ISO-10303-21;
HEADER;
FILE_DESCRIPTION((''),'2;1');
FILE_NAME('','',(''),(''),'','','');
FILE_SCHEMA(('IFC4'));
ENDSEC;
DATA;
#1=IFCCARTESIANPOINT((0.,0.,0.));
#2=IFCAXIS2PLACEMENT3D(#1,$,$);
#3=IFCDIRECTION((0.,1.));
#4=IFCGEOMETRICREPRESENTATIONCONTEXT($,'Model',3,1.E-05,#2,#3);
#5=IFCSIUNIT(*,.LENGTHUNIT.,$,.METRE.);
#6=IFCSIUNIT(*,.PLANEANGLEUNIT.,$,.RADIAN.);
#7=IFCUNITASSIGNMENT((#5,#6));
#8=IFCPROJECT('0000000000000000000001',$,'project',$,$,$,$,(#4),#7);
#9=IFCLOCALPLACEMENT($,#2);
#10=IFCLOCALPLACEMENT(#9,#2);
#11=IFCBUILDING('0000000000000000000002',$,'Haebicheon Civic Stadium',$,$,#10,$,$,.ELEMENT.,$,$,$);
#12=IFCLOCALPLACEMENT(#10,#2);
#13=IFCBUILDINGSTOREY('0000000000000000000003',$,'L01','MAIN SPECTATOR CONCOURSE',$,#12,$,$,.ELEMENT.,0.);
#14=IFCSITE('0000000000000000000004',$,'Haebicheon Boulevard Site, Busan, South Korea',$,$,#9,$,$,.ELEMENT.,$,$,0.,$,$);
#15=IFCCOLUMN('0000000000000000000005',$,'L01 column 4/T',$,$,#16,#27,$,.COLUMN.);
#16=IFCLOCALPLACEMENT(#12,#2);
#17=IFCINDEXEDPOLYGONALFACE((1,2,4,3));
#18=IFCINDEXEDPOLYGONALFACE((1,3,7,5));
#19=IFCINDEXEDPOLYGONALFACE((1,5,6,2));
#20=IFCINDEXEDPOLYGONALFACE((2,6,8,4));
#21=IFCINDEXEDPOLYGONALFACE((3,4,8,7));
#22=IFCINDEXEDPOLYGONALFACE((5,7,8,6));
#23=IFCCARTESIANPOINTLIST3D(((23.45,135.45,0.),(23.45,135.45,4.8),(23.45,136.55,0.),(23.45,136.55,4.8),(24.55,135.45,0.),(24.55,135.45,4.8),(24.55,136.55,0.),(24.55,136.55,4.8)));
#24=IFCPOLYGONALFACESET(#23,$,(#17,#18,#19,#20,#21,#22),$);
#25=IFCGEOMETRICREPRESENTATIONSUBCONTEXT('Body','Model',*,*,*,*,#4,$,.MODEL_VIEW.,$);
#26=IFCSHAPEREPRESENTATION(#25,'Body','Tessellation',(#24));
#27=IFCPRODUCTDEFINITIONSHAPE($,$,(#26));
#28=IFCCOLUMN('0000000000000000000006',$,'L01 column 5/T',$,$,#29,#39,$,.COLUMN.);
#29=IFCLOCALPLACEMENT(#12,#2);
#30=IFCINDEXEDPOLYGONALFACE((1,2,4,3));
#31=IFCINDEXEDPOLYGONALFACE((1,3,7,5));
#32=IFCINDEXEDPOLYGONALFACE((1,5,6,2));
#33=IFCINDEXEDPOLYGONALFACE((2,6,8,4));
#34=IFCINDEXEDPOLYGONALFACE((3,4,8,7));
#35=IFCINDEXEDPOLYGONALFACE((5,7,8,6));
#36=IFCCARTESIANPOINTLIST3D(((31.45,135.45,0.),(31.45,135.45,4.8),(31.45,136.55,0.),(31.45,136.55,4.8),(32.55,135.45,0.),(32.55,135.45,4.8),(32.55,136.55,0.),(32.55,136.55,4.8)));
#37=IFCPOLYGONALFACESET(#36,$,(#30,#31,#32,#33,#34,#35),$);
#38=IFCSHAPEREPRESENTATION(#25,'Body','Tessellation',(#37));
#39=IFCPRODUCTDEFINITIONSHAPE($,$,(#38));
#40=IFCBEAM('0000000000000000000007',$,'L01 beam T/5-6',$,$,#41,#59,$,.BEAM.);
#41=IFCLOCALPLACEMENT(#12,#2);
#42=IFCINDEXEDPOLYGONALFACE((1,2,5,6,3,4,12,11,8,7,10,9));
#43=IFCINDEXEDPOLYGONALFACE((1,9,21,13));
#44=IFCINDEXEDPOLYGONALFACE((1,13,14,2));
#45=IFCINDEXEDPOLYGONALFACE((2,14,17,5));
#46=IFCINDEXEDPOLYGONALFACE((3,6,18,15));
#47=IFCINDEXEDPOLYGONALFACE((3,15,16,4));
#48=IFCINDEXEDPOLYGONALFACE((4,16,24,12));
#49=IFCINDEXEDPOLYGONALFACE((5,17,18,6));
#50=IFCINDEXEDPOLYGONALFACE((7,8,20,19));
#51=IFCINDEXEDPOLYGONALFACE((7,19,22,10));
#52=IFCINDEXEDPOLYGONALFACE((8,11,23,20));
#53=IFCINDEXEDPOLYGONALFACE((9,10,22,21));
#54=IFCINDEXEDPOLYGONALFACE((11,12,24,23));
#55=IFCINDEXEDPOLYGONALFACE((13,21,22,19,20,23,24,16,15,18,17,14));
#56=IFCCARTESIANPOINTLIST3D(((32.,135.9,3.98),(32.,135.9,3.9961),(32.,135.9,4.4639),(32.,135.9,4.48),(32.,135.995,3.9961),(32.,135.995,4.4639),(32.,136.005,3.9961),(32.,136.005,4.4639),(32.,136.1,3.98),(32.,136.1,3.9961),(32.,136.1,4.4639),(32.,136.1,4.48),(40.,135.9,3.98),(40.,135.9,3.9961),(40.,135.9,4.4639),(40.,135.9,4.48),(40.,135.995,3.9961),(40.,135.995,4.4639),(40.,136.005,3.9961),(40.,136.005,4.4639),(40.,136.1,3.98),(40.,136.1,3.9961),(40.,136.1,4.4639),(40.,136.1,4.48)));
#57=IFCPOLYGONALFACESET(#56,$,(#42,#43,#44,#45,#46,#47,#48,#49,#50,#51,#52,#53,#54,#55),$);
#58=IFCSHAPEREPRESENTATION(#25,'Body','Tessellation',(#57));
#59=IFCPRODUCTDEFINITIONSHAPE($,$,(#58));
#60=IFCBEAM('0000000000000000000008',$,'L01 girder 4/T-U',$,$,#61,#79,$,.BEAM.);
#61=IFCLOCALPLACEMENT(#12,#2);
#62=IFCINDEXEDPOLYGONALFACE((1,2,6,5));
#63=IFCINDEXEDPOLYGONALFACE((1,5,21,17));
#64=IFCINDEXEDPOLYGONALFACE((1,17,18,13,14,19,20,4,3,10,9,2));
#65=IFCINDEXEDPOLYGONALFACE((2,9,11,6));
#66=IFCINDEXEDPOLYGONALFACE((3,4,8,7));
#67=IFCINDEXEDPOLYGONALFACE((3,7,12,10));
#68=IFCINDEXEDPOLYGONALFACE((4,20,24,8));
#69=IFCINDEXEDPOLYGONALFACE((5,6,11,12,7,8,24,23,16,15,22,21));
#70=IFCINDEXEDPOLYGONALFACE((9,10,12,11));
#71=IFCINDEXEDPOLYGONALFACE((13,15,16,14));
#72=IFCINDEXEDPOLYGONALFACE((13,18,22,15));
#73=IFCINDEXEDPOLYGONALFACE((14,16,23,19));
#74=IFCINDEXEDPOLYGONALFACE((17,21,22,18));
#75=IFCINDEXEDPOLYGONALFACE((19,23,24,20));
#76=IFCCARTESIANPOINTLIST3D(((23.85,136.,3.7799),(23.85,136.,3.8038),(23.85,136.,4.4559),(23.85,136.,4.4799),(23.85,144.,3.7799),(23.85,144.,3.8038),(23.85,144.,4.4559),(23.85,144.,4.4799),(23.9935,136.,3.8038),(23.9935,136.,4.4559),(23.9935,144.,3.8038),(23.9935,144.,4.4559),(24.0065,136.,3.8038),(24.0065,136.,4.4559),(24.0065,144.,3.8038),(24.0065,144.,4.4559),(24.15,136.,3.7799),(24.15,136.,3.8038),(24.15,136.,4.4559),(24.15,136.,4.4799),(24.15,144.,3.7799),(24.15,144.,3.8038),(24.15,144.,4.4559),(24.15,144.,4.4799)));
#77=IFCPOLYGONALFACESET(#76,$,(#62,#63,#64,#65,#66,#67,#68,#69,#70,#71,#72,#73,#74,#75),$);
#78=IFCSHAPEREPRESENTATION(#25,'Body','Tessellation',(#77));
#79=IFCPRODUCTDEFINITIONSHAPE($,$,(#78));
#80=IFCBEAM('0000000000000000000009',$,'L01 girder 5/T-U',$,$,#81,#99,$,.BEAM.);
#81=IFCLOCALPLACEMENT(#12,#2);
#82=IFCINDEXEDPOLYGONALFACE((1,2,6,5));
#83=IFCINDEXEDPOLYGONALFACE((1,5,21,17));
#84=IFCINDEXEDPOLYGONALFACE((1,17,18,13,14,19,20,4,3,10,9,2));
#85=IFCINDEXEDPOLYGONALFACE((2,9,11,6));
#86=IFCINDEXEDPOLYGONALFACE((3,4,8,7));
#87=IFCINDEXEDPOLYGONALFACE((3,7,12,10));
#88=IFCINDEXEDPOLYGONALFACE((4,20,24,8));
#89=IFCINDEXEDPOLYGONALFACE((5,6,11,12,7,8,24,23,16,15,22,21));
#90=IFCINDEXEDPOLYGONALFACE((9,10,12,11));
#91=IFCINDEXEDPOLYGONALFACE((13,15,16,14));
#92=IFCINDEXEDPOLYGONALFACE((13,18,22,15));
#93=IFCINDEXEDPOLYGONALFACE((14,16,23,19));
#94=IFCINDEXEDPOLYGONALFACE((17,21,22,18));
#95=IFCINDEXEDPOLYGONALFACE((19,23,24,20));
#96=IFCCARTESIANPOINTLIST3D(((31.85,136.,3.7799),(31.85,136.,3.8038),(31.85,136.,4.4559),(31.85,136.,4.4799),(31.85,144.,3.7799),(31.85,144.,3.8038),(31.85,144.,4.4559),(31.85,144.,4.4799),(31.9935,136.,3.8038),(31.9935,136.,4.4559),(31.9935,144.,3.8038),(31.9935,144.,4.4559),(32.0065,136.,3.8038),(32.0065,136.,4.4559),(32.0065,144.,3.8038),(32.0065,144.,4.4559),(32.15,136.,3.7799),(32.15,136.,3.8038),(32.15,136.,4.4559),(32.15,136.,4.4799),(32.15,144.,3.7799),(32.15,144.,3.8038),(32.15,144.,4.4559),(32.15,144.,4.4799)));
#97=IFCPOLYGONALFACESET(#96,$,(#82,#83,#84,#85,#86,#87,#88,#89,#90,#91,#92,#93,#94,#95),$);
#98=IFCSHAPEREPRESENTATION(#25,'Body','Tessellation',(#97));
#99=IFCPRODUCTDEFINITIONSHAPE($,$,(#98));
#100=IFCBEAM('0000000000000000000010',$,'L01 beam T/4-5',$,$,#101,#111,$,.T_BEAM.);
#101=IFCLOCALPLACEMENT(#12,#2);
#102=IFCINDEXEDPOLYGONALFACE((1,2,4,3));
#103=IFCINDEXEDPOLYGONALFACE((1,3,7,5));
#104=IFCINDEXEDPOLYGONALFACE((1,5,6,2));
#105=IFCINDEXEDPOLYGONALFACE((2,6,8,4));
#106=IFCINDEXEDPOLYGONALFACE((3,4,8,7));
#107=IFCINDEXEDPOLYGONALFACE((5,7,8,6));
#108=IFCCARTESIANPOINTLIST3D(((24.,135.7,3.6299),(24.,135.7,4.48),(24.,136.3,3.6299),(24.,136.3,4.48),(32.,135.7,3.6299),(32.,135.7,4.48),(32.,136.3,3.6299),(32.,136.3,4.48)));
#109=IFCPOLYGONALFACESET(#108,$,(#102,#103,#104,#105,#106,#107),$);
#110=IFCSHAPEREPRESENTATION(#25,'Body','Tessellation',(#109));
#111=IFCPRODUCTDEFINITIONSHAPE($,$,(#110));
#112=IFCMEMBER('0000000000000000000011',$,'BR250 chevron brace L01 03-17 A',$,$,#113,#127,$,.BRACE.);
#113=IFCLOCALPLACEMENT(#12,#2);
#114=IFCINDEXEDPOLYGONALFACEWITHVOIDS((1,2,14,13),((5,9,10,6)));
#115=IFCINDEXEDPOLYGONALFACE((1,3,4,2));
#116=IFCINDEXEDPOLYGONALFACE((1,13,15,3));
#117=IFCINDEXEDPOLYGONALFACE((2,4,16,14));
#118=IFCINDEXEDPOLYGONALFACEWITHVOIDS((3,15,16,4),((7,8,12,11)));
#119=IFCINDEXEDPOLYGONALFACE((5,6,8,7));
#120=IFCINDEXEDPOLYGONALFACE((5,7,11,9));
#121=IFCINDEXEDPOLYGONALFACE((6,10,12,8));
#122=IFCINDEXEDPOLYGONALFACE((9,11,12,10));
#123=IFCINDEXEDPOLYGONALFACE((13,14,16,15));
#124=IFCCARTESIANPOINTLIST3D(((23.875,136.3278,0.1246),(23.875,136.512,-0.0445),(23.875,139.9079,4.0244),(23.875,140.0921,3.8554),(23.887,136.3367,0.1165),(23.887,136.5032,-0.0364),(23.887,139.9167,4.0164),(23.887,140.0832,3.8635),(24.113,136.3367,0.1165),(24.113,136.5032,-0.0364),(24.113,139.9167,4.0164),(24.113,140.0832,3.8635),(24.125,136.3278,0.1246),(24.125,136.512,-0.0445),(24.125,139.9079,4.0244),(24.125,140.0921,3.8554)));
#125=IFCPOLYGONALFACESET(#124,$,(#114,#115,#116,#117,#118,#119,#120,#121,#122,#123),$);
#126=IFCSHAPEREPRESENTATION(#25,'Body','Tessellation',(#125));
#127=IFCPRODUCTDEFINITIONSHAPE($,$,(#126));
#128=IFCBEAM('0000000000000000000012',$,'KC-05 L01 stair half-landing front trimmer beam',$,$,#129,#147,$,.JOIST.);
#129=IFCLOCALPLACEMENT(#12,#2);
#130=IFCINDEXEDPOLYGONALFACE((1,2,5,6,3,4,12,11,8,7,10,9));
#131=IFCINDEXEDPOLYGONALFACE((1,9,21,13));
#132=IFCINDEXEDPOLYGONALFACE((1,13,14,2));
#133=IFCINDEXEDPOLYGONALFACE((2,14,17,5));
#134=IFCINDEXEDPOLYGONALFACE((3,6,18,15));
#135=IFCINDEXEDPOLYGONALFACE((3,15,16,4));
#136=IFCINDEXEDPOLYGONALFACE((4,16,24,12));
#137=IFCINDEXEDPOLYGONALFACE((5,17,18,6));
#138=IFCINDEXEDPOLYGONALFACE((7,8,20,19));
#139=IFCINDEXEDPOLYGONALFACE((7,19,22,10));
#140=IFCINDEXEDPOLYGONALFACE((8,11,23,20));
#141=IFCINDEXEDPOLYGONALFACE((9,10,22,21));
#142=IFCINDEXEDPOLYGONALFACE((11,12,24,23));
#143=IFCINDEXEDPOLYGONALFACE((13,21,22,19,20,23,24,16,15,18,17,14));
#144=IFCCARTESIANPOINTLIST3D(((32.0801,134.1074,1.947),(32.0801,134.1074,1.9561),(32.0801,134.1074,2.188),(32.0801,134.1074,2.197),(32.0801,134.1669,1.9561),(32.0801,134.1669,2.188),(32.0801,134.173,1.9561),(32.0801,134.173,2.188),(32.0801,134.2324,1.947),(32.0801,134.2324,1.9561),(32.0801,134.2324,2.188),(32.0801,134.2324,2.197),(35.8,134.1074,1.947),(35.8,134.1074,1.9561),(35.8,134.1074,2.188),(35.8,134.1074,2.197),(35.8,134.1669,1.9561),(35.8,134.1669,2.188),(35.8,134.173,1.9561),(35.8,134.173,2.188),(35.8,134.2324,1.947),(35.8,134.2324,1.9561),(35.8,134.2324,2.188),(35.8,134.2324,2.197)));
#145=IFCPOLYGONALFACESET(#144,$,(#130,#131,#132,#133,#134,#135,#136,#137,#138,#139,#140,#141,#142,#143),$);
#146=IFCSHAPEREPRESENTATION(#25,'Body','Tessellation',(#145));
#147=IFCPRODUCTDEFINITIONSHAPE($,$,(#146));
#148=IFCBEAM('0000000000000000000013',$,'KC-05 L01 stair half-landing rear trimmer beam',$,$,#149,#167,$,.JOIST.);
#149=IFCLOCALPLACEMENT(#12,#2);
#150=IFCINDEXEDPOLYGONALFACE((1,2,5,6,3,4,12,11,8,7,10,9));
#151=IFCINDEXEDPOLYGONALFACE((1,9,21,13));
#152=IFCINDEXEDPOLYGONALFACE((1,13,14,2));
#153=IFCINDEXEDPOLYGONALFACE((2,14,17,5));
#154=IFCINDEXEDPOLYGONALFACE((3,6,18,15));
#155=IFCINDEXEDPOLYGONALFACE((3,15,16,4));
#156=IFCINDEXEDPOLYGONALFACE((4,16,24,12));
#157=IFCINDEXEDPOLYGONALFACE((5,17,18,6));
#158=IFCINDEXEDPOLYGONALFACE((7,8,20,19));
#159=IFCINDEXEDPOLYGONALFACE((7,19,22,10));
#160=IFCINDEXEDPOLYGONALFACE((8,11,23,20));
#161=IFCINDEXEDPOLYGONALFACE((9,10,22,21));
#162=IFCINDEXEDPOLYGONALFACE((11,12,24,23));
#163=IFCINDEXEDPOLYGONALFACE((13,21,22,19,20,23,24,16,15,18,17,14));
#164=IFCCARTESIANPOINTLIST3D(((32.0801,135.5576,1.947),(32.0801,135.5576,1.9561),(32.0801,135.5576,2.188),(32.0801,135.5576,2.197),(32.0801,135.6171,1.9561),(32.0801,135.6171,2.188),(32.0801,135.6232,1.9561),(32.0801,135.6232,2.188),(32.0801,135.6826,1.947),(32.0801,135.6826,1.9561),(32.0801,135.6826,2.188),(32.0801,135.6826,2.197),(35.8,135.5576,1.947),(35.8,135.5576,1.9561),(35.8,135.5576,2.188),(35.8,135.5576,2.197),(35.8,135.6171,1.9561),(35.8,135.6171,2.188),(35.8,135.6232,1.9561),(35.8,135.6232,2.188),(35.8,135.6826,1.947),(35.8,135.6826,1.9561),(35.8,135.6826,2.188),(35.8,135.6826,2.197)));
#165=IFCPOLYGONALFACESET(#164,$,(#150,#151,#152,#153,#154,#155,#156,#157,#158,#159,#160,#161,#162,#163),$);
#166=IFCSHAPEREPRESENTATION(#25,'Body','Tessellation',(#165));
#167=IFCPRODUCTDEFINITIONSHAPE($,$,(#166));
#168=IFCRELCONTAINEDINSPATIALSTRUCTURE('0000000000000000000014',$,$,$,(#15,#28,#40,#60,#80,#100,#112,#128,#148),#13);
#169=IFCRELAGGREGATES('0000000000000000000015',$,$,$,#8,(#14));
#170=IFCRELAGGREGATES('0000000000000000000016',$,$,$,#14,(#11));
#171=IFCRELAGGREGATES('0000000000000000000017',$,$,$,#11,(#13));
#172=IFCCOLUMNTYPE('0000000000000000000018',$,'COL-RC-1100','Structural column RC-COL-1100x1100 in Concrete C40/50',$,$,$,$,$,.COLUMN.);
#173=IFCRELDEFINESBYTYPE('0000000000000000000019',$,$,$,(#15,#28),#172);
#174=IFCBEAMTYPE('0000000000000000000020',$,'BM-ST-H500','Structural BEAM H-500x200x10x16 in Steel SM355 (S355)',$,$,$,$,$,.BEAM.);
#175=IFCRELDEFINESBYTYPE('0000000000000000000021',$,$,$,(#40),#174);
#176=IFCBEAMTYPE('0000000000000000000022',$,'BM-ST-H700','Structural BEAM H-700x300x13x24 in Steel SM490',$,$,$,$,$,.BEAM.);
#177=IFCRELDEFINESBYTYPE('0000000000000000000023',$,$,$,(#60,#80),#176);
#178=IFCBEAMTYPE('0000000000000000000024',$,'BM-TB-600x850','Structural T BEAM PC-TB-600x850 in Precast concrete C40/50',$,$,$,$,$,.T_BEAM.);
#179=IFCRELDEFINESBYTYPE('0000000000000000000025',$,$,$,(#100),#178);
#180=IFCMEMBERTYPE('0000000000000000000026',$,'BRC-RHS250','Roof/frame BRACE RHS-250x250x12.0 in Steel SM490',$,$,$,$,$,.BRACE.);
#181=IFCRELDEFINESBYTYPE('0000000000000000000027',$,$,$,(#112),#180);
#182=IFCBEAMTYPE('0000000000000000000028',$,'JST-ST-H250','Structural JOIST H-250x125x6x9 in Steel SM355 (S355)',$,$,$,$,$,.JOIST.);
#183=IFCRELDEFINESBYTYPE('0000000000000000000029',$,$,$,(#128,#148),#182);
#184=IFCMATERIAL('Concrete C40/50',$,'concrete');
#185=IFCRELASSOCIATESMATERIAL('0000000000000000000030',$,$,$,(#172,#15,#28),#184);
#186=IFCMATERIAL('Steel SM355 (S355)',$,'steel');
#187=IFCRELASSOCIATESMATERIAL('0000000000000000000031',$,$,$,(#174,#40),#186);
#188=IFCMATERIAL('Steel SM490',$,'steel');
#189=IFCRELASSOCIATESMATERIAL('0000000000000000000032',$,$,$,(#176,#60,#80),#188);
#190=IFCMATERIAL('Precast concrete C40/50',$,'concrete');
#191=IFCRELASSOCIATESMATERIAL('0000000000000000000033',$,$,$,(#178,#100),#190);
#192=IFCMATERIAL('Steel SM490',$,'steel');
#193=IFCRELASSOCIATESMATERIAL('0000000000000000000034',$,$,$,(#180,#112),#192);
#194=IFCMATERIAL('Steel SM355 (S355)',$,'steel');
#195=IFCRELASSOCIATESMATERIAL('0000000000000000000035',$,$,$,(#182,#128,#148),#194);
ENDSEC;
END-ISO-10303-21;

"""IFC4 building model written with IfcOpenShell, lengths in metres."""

from ifc_helpers import new_model, si_unit, direction, frame, origin, origin_2d, place, context, subcontext, project, spatial, rectangle, hollow_rectangle, i_section, extrude, material, material_profile, profile_set, type_object, element, save


model = new_model("IFC4")

# Units and contexts
model_context = context("Model", 3, precision=1e-05, world=origin(), true_north=direction((0.0, 1.0)))
body_context = subcontext(model_context, "Body", "Model", "MODEL_VIEW")
ifc_project = project(units=[si_unit("LENGTHUNIT", "METRE"), si_unit("PLANEANGLEUNIT", "RADIAN")], contexts=[model_context])

# Site, building, storey
site_placement = place(None, origin())
site = spatial("IfcSite", under=ifc_project, at=site_placement, Name="Haebicheon Boulevard Site, Busan, South Korea", CompositionType="ELEMENT", RefElevation=0.0)
building_placement = place(site_placement, origin())
building = spatial("IfcBuilding", under=site, at=building_placement, Name="Haebicheon Civic Stadium", CompositionType="ELEMENT")
storey_placement = place(building_placement, origin())
storey = spatial("IfcBuildingStorey", under=building, at=storey_placement, Name="L01", Description="MAIN SPECTATOR CONCOURSE", CompositionType="ELEMENT", Elevation=0.0)

# Columns
ifc_material_1 = material(Name="Concrete C40/50", Category="concrete")
ifc_material_profile_1 = material_profile(ifc_material_1, rectangle(XDim=1.1001, YDim=1.1001, at=origin_2d()), Name="RC-COL-1100x1100")
ifc_profile_set_1 = profile_set([ifc_material_profile_1], Name="Concrete C40/50")
column_type = type_object("IfcColumnType", Name="COL-RC-1100", Description="Structural column RC-COL-1100x1100 in Concrete C40/50", PredefinedType="COLUMN", material=ifc_profile_set_1)
for number, where, z_axis, x_axis, name in (
    (1, (24.0, 136.0, 0.0), (0.0, 0.0, 1.0), (1.0, 0.0, 0.0), "L01 column 4/T"),
    (2, (32.0, 136.0, 0.0), (0.0, 0.0, 1.0), (1.0, 0.0, 0.0), "L01 column 5/T"),
):
    element("IfcColumn", number, at=place(storey_placement, frame(where, z_axis=z_axis, x_axis=x_axis)), inside=storey, type_object=column_type, material=ifc_profile_set_1, Name=name, PredefinedType="COLUMN", context=body_context, shape_type="SweptSolid", body=[
        extrude(rectangle(XDim=1.1001, YDim=1.1001, at=origin_2d()), origin(), (0.0, 0.0, 1.0), 4.8),
    ])

# Beams
ifc_material_2 = material(Name="Steel SM355 (S355)", Category="steel")
ifc_material_profile_2 = material_profile(ifc_material_2, i_section(OverallWidth=0.2, OverallDepth=0.5, WebThickness=0.01, FlangeThickness=0.0161, at=origin_2d()), Name="H-500x200x10x16")
ifc_profile_set_2 = profile_set([ifc_material_profile_2], Name="Steel SM355 (S355)")
beam_type_1 = type_object("IfcBeamType", Name="BM-ST-H500", Description="Structural BEAM H-500x200x10x16 in Steel SM355 (S355)", PredefinedType="BEAM", material=ifc_profile_set_2)
beam_1_placement = place(storey_placement, frame((32.0, 136.0, 4.23), z_axis=(1.0, 0.0, 0.0), x_axis=(0.0, 1.0, 0.0)))
element("IfcBeam", 3, at=beam_1_placement, inside=storey, type_object=beam_type_1, material=ifc_profile_set_2, Name="L01 beam T/5-6", PredefinedType="BEAM", context=body_context, shape_type="SweptSolid", body=[
    extrude(i_section(OverallWidth=0.2, OverallDepth=0.5, WebThickness=0.01, FlangeThickness=0.0161, at=origin_2d()), origin(), (0.0, 0.0, 1.0), 8.0),
])
ifc_material_3 = material(Name="Steel SM490", Category="steel")
ifc_material_profile_3 = material_profile(ifc_material_3, i_section(OverallWidth=0.3, OverallDepth=0.7, WebThickness=0.0129, FlangeThickness=0.0239, at=origin_2d()), Name="H-700x300x13x24")
ifc_profile_set_3 = profile_set([ifc_material_profile_3], Name="Steel SM490")
beam_type_2 = type_object("IfcBeamType", Name="BM-ST-H700", Description="Structural BEAM H-700x300x13x24 in Steel SM490", PredefinedType="BEAM", material=ifc_profile_set_3)
for number, where, z_axis, x_axis, name in (
    (4, (24.0, 136.0, 4.1299), (0.0, 1.0, 0.0), (-1.0, 0.0, 0.0), "L01 girder 4/T-U"),
    (5, (32.0, 136.0, 4.1299), (0.0, 1.0, 0.0), (-1.0, 0.0, 0.0), "L01 girder 5/T-U"),
):
    element("IfcBeam", number, at=place(storey_placement, frame(where, z_axis=z_axis, x_axis=x_axis)), inside=storey, type_object=beam_type_2, material=ifc_profile_set_3, Name=name, PredefinedType="BEAM", context=body_context, shape_type="SweptSolid", body=[
        extrude(i_section(OverallWidth=0.3, OverallDepth=0.7, WebThickness=0.0129, FlangeThickness=0.0239, at=origin_2d()), origin(), (0.0, 0.0, 1.0), 8.0),
    ])
ifc_material_4 = material(Name="Precast concrete C40/50", Category="concrete")
ifc_material_profile_4 = material_profile(ifc_material_4, rectangle(XDim=0.6001, YDim=0.8501, at=origin_2d()), Name="PC-TB-600x850")
ifc_profile_set_4 = profile_set([ifc_material_profile_4], Name="Precast concrete C40/50")
beam_type_3 = type_object("IfcBeamType", Name="BM-TB-600x850", Description="Structural T BEAM PC-TB-600x850 in Precast concrete C40/50", PredefinedType="T_BEAM", material=ifc_profile_set_4)
beam_2_placement = place(storey_placement, frame((24.0, 136.0, 4.0549), z_axis=(1.0, 0.0, 0.0), x_axis=(0.0, 1.0, 0.0)))
element("IfcBeam", 6, at=beam_2_placement, inside=storey, type_object=beam_type_3, material=ifc_profile_set_4, Name="L01 beam T/4-5", PredefinedType="T_BEAM", context=body_context, shape_type="SweptSolid", body=[
    extrude(rectangle(XDim=0.6001, YDim=0.8501, at=origin_2d()), origin(), (0.0, 0.0, 1.0), 8.0),
])

# Member
ifc_material_5 = material(Name="Steel SM490", Category="steel")
ifc_material_profile_5 = material_profile(ifc_material_5, hollow_rectangle(XDim=0.25, YDim=0.25, WallThickness=0.012, at=origin_2d()), Name="RHS-250x250x12.0")
ifc_profile_set_5 = profile_set([ifc_material_profile_5], Name="Steel SM490")
member_type = type_object("IfcMemberType", Name="BRC-RHS250", Description="Roof/frame BRACE RHS-250x250x12.0 in Steel SM490", PredefinedType="BRACE", material=ifc_profile_set_5)
member_placement = place(storey_placement, frame((24.0, 136.4199, 0.04), z_axis=(0.0, 0.676255, 0.736668), x_axis=(-1.0, 0.0, 0.0)))
element("IfcMember", 7, at=member_placement, inside=storey, type_object=member_type, material=ifc_profile_set_5, Name="BR250 chevron brace L01 03-17 A", PredefinedType="BRACE", context=body_context, shape_type="SweptSolid", body=[
    extrude(hollow_rectangle(XDim=0.25, YDim=0.25, WallThickness=0.012, at=origin_2d()), origin(), (0.0, 0.0, 1.0), 5.2939),
])

# Beams
ifc_material_6 = material(Name="Steel SM355 (S355)", Category="steel")
ifc_material_profile_6 = material_profile(ifc_material_6, i_section(OverallWidth=0.125, OverallDepth=0.25, WebThickness=0.0061, FlangeThickness=0.009, at=origin_2d()), Name="H-250x125x6x9")
ifc_profile_set_6 = profile_set([ifc_material_profile_6], Name="Steel SM355 (S355)")
beam_type_4 = type_object("IfcBeamType", Name="JST-ST-H250", Description="Structural JOIST H-250x125x6x9 in Steel SM355 (S355)", PredefinedType="JOIST", material=ifc_profile_set_6)
for number, where, z_axis, x_axis, name in (
    (8, (32.0801, 134.1699, 2.072), (1.0, 0.0, 0.0), (0.0, 1.0, 0.0), "KC-05 L01 stair half-landing front trimmer beam"),
    (9, (32.0801, 135.6201, 2.072), (1.0, 0.0, 0.0), (0.0, 1.0, 0.0), "KC-05 L01 stair half-landing rear trimmer beam"),
):
    element("IfcBeam", number, at=place(storey_placement, frame(where, z_axis=z_axis, x_axis=x_axis)), inside=storey, type_object=beam_type_4, material=ifc_profile_set_6, Name=name, PredefinedType="JOIST", context=body_context, shape_type="SweptSolid", body=[
        extrude(i_section(OverallWidth=0.125, OverallDepth=0.25, WebThickness=0.0061, FlangeThickness=0.009, at=origin_2d()), origin(), (0.0, 0.0, 1.0), 3.72),
    ])

save(model, "model.ifc")
